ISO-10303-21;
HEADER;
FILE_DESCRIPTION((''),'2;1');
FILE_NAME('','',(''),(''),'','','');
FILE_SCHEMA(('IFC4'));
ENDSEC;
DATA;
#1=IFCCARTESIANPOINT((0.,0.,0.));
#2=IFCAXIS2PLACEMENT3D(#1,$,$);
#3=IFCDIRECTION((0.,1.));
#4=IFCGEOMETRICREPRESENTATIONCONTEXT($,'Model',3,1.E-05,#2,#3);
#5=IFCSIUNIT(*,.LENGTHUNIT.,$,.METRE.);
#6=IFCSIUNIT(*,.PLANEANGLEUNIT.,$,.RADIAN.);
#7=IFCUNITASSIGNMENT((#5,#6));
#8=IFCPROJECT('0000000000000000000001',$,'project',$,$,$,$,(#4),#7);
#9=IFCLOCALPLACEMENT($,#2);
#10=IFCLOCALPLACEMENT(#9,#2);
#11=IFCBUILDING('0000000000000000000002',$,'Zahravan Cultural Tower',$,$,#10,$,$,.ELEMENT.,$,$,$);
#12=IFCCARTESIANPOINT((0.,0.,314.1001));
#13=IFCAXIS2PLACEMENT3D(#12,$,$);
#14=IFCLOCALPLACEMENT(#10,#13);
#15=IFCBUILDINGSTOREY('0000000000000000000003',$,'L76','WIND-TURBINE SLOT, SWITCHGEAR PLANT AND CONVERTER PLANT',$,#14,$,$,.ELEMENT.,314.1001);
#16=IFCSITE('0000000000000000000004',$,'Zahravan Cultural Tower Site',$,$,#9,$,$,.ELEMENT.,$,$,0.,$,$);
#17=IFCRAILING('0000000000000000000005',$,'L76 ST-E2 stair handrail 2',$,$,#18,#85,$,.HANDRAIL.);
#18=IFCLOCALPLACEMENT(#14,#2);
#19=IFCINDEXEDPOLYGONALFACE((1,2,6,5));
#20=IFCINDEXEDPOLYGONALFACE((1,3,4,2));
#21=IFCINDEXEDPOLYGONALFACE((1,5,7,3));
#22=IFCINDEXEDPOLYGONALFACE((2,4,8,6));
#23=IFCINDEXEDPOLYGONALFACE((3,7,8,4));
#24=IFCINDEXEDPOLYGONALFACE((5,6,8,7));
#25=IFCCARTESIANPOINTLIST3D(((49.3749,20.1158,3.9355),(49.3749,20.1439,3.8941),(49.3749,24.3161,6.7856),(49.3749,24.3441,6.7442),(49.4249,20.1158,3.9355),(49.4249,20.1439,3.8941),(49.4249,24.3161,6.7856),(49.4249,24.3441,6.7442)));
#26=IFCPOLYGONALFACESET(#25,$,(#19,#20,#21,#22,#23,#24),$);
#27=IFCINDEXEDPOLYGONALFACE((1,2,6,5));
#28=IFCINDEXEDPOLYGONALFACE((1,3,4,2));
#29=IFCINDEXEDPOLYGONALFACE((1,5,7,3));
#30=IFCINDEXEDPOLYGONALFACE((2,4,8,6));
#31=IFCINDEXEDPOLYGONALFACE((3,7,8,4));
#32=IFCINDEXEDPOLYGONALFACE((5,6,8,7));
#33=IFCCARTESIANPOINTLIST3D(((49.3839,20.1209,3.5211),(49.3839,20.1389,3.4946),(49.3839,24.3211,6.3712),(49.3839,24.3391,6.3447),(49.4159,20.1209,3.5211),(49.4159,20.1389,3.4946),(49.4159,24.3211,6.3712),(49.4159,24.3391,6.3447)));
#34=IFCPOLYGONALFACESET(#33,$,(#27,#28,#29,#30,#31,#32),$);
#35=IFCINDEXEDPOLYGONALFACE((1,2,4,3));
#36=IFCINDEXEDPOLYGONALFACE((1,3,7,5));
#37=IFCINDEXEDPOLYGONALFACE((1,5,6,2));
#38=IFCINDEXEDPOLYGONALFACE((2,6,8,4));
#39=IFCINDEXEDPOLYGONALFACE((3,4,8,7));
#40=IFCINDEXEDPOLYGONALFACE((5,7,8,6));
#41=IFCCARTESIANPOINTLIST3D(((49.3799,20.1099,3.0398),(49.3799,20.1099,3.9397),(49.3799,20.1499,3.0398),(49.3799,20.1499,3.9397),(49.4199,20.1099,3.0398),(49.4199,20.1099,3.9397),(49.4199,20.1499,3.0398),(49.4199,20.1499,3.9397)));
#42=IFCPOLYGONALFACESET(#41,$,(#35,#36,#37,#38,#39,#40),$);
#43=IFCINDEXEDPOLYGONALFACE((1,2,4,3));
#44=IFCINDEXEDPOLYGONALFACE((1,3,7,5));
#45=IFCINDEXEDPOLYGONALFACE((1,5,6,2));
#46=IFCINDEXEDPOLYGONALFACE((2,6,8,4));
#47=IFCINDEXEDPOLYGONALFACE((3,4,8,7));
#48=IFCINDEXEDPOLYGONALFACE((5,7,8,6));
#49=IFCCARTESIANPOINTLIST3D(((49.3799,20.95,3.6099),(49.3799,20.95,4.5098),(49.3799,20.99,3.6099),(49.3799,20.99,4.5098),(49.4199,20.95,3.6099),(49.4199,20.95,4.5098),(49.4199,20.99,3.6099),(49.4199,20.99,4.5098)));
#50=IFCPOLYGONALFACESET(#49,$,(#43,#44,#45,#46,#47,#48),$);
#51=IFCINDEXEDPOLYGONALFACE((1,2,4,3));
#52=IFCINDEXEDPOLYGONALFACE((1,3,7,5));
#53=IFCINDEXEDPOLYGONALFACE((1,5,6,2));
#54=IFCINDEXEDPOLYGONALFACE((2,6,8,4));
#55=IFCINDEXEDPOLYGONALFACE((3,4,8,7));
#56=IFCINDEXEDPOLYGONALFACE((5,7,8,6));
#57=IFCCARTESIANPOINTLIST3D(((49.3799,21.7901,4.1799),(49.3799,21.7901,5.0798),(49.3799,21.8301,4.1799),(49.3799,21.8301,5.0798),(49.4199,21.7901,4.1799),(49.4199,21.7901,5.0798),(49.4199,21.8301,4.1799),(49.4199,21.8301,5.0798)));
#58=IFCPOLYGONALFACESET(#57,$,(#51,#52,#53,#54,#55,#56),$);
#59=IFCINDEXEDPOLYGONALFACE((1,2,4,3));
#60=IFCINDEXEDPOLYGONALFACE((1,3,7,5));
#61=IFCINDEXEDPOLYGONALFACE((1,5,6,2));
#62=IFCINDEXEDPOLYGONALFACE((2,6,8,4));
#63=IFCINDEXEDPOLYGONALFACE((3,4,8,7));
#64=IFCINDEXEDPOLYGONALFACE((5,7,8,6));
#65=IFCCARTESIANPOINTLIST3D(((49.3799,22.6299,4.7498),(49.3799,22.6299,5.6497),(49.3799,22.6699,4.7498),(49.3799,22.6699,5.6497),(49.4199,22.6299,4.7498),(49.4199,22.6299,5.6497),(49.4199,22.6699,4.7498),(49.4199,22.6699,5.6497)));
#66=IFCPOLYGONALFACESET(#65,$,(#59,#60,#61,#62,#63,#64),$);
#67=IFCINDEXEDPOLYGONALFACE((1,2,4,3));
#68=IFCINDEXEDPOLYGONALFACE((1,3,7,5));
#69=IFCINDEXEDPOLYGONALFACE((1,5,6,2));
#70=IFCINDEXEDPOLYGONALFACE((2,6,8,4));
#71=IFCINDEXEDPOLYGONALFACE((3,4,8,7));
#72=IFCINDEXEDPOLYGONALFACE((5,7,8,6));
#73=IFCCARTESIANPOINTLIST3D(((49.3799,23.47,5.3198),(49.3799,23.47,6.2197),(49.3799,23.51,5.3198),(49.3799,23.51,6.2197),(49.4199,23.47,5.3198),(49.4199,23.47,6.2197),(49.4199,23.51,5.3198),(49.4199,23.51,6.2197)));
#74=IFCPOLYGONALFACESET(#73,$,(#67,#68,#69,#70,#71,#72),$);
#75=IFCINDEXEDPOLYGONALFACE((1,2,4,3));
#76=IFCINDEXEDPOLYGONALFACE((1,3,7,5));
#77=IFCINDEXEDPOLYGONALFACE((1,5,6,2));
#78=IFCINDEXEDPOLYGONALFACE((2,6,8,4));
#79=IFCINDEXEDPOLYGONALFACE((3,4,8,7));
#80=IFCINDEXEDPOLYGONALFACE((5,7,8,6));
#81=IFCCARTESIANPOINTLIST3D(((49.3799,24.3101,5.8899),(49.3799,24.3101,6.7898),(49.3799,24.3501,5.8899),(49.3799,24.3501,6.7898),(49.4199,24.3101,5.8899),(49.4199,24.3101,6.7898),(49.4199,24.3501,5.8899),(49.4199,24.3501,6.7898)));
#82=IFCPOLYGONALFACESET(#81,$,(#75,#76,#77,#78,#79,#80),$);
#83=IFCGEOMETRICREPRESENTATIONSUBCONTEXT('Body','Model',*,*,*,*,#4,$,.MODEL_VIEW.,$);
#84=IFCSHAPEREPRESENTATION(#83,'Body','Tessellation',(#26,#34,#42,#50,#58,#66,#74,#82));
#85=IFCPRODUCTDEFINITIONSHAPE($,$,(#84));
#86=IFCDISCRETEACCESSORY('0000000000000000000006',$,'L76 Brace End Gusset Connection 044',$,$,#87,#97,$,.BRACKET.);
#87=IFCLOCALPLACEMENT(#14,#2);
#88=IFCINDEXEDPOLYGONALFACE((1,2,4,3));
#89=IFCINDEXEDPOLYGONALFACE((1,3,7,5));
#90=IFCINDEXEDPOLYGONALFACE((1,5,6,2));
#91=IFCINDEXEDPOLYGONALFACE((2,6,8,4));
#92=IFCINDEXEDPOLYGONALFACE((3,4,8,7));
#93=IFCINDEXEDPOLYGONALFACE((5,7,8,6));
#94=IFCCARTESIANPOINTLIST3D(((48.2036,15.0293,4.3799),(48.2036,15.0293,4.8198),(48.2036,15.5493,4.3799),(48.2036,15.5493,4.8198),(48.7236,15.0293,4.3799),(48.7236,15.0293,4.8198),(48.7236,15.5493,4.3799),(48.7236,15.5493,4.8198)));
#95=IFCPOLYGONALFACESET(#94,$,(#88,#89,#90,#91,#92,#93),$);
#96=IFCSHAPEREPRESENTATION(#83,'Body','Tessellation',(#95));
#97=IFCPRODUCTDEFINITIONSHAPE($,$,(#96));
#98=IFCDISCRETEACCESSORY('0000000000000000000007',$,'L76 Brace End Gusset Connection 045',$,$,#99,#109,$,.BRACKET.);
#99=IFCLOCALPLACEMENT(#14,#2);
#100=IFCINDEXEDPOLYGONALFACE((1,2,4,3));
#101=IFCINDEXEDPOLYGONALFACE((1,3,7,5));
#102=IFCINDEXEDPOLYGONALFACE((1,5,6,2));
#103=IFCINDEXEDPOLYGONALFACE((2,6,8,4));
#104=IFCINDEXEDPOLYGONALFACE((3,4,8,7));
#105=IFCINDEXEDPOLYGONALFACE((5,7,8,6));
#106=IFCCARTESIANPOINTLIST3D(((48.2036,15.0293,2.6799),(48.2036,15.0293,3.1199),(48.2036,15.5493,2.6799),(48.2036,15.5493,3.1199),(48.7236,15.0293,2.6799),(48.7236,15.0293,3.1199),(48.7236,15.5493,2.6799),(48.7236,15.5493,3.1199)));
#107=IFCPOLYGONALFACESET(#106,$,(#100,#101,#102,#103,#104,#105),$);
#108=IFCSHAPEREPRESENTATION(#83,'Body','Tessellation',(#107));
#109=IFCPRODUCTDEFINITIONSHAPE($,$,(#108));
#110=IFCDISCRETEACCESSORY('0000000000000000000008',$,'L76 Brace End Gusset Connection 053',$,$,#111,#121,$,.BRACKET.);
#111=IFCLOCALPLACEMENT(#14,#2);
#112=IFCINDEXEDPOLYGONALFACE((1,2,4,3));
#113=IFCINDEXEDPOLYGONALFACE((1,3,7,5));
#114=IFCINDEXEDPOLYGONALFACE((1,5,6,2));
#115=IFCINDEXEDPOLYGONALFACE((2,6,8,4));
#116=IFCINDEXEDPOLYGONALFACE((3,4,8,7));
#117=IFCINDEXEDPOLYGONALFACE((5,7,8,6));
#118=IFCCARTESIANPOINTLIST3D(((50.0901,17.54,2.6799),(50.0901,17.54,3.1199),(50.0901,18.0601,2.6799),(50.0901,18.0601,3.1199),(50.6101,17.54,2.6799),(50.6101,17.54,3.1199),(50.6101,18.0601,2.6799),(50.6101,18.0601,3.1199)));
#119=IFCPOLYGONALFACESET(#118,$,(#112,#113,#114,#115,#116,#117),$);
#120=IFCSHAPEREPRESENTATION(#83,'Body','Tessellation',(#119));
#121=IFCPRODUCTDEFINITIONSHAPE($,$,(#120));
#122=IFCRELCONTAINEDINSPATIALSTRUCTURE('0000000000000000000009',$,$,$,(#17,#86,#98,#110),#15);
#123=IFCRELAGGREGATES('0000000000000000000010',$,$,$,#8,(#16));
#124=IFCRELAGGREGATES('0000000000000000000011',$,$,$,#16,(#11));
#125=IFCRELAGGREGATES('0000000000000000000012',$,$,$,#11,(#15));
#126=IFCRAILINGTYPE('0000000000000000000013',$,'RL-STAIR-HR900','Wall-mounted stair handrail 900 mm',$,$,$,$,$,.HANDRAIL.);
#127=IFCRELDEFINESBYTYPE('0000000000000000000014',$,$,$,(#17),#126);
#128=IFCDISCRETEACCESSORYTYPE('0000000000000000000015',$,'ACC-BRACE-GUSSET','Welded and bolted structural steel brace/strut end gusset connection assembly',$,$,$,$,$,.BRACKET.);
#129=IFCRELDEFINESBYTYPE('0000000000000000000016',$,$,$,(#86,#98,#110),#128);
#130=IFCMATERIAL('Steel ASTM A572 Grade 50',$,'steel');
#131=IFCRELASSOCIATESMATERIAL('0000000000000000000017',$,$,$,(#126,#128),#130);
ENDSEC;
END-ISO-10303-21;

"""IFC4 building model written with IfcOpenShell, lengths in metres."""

from ifc_helpers import new_model, si_unit, direction, frame, origin, origin_2d, place, context, subcontext, project, spatial, rectangle, extrude, source, transform, mapped, material, type_object, element, save


model = new_model("IFC4")

# Units and contexts
model_context = context("Model", 3, precision=1e-05, world=origin(), true_north=direction((0.0, 1.0)))
body_context = subcontext(model_context, "Body", "Model", "MODEL_VIEW")
ifc_project = project(units=[si_unit("LENGTHUNIT", "METRE"), si_unit("PLANEANGLEUNIT", "RADIAN")], contexts=[model_context])

# Site, building, storey
site_placement = place(None, origin())
site = spatial("IfcSite", under=ifc_project, at=site_placement, Name="Zahravan Cultural Tower Site", CompositionType="ELEMENT", RefElevation=0.0)
building_placement = place(site_placement, origin())
building = spatial("IfcBuilding", under=site, at=building_placement, Name="Zahravan Cultural Tower", CompositionType="ELEMENT")
storey_placement = place(building_placement, frame((0.0, 0.0, 314.1001)))
storey = spatial("IfcBuildingStorey", under=building, at=storey_placement, Name="L76", Description="WIND-TURBINE SLOT, SWITCHGEAR PLANT AND CONVERTER PLANT", CompositionType="ELEMENT", Elevation=314.1001)

# Shared definitions
ifc_material_1 = material(Name="Steel ASTM A572 Grade 50", Category="steel")

# Railing
railing_type_1 = type_object("IfcRailingType", Name="RL-STAIR-HR900", Description="Wall-mounted stair handrail 900 mm", PredefinedType="HANDRAIL", material=ifc_material_1)
railing_1_placement = place(storey_placement, frame((49.3999, 20.1299, 3.0398)))
element("IfcRailing", 1, at=railing_1_placement, inside=storey, type_object=railing_type_1, Name="L76 ST-E2 stair handrail 2", PredefinedType="HANDRAIL", context=body_context, shape_type="SweptSolid", body=[
    extrude(rectangle(XDim=0.05, YDim=0.05, at=origin_2d()), frame((0.0, 0.0, 0.875), z_axis=(0.0, 0.827479, 0.561497), x_axis=(-1.0, 0.0, 0.0)), (0.0, 0.0, 1.0), 5.0759),
    extrude(rectangle(XDim=0.032, YDim=0.032, at=origin_2d()), frame((0.0, 0.0, 0.468), z_axis=(0.0, 0.827479, 0.561497), x_axis=(-1.0, 0.0, 0.0)), (0.0, 0.0, 1.0), 5.0759),
    extrude(rectangle(XDim=0.04, YDim=0.04, at=origin_2d()), origin(), (0.0, 0.0, 1.0), 0.8999),
    extrude(rectangle(XDim=0.04, YDim=0.04, at=origin_2d()), frame((0.0, 0.8401, 0.5701)), (0.0, 0.0, 1.0), 0.8999),
    extrude(rectangle(XDim=0.04, YDim=0.04, at=origin_2d()), frame((0.0, 1.6802, 1.1401)), (0.0, 0.0, 1.0), 0.8999),
    extrude(rectangle(XDim=0.04, YDim=0.04, at=origin_2d()), frame((0.0, 2.52, 1.71)), (0.0, 0.0, 1.0), 0.8999),
    extrude(rectangle(XDim=0.04, YDim=0.04, at=origin_2d()), frame((0.0, 3.3601, 2.28)), (0.0, 0.0, 1.0), 0.8999),
    extrude(rectangle(XDim=0.04, YDim=0.04, at=origin_2d()), frame((0.0, 4.2002, 2.8501)), (0.0, 0.0, 1.0), 0.8999),
])

# Discrete accessories
discrete_accessory_type = type_object("IfcDiscreteAccessoryType", Name="ACC-BRACE-GUSSET", Description="Welded and bolted structural steel brace/strut end gusset connection assembly", PredefinedType="BRACKET", material=ifc_material_1)
shared_shape_1 = source(origin(), body_context, "Body", "SweptSolid", [
    extrude(rectangle(XDim=0.52, YDim=0.52, at=origin_2d()), origin(), (0.0, 0.0, 1.0), 0.4399),
])
for number, where, z_axis, x_axis, name in (
    (2, (48.4636, 15.2893, 4.3799), (0.0, 0.0, 1.0), (1.0, 0.0, 0.0), "L76 Brace End Gusset Connection 044"),
    (3, (48.4636, 15.2893, 2.6799), (0.0, 0.0, 1.0), (1.0, 0.0, 0.0), "L76 Brace End Gusset Connection 045"),
    (4, (50.3501, 17.8, 2.6799), (0.0, 0.0, 1.0), (1.0, 0.0, 0.0), "L76 Brace End Gusset Connection 053"),
):
    element("IfcDiscreteAccessory", number, at=place(storey_placement, frame(where, z_axis=z_axis, x_axis=x_axis)), inside=storey, type_object=discrete_accessory_type, Name=name, PredefinedType="BRACKET", context=body_context, shape_type="MappedRepresentation", body=[
        mapped(shared_shape_1, transform((0.0, 0.0, 0.0), x_axis=(1.0, 0.0, 0.0), y_axis=(0.0, 1.0, 0.0), z_axis=(0.0, 0.0, 1.0), scale=1.0)),
    ])

save(model, "model.ifc")
